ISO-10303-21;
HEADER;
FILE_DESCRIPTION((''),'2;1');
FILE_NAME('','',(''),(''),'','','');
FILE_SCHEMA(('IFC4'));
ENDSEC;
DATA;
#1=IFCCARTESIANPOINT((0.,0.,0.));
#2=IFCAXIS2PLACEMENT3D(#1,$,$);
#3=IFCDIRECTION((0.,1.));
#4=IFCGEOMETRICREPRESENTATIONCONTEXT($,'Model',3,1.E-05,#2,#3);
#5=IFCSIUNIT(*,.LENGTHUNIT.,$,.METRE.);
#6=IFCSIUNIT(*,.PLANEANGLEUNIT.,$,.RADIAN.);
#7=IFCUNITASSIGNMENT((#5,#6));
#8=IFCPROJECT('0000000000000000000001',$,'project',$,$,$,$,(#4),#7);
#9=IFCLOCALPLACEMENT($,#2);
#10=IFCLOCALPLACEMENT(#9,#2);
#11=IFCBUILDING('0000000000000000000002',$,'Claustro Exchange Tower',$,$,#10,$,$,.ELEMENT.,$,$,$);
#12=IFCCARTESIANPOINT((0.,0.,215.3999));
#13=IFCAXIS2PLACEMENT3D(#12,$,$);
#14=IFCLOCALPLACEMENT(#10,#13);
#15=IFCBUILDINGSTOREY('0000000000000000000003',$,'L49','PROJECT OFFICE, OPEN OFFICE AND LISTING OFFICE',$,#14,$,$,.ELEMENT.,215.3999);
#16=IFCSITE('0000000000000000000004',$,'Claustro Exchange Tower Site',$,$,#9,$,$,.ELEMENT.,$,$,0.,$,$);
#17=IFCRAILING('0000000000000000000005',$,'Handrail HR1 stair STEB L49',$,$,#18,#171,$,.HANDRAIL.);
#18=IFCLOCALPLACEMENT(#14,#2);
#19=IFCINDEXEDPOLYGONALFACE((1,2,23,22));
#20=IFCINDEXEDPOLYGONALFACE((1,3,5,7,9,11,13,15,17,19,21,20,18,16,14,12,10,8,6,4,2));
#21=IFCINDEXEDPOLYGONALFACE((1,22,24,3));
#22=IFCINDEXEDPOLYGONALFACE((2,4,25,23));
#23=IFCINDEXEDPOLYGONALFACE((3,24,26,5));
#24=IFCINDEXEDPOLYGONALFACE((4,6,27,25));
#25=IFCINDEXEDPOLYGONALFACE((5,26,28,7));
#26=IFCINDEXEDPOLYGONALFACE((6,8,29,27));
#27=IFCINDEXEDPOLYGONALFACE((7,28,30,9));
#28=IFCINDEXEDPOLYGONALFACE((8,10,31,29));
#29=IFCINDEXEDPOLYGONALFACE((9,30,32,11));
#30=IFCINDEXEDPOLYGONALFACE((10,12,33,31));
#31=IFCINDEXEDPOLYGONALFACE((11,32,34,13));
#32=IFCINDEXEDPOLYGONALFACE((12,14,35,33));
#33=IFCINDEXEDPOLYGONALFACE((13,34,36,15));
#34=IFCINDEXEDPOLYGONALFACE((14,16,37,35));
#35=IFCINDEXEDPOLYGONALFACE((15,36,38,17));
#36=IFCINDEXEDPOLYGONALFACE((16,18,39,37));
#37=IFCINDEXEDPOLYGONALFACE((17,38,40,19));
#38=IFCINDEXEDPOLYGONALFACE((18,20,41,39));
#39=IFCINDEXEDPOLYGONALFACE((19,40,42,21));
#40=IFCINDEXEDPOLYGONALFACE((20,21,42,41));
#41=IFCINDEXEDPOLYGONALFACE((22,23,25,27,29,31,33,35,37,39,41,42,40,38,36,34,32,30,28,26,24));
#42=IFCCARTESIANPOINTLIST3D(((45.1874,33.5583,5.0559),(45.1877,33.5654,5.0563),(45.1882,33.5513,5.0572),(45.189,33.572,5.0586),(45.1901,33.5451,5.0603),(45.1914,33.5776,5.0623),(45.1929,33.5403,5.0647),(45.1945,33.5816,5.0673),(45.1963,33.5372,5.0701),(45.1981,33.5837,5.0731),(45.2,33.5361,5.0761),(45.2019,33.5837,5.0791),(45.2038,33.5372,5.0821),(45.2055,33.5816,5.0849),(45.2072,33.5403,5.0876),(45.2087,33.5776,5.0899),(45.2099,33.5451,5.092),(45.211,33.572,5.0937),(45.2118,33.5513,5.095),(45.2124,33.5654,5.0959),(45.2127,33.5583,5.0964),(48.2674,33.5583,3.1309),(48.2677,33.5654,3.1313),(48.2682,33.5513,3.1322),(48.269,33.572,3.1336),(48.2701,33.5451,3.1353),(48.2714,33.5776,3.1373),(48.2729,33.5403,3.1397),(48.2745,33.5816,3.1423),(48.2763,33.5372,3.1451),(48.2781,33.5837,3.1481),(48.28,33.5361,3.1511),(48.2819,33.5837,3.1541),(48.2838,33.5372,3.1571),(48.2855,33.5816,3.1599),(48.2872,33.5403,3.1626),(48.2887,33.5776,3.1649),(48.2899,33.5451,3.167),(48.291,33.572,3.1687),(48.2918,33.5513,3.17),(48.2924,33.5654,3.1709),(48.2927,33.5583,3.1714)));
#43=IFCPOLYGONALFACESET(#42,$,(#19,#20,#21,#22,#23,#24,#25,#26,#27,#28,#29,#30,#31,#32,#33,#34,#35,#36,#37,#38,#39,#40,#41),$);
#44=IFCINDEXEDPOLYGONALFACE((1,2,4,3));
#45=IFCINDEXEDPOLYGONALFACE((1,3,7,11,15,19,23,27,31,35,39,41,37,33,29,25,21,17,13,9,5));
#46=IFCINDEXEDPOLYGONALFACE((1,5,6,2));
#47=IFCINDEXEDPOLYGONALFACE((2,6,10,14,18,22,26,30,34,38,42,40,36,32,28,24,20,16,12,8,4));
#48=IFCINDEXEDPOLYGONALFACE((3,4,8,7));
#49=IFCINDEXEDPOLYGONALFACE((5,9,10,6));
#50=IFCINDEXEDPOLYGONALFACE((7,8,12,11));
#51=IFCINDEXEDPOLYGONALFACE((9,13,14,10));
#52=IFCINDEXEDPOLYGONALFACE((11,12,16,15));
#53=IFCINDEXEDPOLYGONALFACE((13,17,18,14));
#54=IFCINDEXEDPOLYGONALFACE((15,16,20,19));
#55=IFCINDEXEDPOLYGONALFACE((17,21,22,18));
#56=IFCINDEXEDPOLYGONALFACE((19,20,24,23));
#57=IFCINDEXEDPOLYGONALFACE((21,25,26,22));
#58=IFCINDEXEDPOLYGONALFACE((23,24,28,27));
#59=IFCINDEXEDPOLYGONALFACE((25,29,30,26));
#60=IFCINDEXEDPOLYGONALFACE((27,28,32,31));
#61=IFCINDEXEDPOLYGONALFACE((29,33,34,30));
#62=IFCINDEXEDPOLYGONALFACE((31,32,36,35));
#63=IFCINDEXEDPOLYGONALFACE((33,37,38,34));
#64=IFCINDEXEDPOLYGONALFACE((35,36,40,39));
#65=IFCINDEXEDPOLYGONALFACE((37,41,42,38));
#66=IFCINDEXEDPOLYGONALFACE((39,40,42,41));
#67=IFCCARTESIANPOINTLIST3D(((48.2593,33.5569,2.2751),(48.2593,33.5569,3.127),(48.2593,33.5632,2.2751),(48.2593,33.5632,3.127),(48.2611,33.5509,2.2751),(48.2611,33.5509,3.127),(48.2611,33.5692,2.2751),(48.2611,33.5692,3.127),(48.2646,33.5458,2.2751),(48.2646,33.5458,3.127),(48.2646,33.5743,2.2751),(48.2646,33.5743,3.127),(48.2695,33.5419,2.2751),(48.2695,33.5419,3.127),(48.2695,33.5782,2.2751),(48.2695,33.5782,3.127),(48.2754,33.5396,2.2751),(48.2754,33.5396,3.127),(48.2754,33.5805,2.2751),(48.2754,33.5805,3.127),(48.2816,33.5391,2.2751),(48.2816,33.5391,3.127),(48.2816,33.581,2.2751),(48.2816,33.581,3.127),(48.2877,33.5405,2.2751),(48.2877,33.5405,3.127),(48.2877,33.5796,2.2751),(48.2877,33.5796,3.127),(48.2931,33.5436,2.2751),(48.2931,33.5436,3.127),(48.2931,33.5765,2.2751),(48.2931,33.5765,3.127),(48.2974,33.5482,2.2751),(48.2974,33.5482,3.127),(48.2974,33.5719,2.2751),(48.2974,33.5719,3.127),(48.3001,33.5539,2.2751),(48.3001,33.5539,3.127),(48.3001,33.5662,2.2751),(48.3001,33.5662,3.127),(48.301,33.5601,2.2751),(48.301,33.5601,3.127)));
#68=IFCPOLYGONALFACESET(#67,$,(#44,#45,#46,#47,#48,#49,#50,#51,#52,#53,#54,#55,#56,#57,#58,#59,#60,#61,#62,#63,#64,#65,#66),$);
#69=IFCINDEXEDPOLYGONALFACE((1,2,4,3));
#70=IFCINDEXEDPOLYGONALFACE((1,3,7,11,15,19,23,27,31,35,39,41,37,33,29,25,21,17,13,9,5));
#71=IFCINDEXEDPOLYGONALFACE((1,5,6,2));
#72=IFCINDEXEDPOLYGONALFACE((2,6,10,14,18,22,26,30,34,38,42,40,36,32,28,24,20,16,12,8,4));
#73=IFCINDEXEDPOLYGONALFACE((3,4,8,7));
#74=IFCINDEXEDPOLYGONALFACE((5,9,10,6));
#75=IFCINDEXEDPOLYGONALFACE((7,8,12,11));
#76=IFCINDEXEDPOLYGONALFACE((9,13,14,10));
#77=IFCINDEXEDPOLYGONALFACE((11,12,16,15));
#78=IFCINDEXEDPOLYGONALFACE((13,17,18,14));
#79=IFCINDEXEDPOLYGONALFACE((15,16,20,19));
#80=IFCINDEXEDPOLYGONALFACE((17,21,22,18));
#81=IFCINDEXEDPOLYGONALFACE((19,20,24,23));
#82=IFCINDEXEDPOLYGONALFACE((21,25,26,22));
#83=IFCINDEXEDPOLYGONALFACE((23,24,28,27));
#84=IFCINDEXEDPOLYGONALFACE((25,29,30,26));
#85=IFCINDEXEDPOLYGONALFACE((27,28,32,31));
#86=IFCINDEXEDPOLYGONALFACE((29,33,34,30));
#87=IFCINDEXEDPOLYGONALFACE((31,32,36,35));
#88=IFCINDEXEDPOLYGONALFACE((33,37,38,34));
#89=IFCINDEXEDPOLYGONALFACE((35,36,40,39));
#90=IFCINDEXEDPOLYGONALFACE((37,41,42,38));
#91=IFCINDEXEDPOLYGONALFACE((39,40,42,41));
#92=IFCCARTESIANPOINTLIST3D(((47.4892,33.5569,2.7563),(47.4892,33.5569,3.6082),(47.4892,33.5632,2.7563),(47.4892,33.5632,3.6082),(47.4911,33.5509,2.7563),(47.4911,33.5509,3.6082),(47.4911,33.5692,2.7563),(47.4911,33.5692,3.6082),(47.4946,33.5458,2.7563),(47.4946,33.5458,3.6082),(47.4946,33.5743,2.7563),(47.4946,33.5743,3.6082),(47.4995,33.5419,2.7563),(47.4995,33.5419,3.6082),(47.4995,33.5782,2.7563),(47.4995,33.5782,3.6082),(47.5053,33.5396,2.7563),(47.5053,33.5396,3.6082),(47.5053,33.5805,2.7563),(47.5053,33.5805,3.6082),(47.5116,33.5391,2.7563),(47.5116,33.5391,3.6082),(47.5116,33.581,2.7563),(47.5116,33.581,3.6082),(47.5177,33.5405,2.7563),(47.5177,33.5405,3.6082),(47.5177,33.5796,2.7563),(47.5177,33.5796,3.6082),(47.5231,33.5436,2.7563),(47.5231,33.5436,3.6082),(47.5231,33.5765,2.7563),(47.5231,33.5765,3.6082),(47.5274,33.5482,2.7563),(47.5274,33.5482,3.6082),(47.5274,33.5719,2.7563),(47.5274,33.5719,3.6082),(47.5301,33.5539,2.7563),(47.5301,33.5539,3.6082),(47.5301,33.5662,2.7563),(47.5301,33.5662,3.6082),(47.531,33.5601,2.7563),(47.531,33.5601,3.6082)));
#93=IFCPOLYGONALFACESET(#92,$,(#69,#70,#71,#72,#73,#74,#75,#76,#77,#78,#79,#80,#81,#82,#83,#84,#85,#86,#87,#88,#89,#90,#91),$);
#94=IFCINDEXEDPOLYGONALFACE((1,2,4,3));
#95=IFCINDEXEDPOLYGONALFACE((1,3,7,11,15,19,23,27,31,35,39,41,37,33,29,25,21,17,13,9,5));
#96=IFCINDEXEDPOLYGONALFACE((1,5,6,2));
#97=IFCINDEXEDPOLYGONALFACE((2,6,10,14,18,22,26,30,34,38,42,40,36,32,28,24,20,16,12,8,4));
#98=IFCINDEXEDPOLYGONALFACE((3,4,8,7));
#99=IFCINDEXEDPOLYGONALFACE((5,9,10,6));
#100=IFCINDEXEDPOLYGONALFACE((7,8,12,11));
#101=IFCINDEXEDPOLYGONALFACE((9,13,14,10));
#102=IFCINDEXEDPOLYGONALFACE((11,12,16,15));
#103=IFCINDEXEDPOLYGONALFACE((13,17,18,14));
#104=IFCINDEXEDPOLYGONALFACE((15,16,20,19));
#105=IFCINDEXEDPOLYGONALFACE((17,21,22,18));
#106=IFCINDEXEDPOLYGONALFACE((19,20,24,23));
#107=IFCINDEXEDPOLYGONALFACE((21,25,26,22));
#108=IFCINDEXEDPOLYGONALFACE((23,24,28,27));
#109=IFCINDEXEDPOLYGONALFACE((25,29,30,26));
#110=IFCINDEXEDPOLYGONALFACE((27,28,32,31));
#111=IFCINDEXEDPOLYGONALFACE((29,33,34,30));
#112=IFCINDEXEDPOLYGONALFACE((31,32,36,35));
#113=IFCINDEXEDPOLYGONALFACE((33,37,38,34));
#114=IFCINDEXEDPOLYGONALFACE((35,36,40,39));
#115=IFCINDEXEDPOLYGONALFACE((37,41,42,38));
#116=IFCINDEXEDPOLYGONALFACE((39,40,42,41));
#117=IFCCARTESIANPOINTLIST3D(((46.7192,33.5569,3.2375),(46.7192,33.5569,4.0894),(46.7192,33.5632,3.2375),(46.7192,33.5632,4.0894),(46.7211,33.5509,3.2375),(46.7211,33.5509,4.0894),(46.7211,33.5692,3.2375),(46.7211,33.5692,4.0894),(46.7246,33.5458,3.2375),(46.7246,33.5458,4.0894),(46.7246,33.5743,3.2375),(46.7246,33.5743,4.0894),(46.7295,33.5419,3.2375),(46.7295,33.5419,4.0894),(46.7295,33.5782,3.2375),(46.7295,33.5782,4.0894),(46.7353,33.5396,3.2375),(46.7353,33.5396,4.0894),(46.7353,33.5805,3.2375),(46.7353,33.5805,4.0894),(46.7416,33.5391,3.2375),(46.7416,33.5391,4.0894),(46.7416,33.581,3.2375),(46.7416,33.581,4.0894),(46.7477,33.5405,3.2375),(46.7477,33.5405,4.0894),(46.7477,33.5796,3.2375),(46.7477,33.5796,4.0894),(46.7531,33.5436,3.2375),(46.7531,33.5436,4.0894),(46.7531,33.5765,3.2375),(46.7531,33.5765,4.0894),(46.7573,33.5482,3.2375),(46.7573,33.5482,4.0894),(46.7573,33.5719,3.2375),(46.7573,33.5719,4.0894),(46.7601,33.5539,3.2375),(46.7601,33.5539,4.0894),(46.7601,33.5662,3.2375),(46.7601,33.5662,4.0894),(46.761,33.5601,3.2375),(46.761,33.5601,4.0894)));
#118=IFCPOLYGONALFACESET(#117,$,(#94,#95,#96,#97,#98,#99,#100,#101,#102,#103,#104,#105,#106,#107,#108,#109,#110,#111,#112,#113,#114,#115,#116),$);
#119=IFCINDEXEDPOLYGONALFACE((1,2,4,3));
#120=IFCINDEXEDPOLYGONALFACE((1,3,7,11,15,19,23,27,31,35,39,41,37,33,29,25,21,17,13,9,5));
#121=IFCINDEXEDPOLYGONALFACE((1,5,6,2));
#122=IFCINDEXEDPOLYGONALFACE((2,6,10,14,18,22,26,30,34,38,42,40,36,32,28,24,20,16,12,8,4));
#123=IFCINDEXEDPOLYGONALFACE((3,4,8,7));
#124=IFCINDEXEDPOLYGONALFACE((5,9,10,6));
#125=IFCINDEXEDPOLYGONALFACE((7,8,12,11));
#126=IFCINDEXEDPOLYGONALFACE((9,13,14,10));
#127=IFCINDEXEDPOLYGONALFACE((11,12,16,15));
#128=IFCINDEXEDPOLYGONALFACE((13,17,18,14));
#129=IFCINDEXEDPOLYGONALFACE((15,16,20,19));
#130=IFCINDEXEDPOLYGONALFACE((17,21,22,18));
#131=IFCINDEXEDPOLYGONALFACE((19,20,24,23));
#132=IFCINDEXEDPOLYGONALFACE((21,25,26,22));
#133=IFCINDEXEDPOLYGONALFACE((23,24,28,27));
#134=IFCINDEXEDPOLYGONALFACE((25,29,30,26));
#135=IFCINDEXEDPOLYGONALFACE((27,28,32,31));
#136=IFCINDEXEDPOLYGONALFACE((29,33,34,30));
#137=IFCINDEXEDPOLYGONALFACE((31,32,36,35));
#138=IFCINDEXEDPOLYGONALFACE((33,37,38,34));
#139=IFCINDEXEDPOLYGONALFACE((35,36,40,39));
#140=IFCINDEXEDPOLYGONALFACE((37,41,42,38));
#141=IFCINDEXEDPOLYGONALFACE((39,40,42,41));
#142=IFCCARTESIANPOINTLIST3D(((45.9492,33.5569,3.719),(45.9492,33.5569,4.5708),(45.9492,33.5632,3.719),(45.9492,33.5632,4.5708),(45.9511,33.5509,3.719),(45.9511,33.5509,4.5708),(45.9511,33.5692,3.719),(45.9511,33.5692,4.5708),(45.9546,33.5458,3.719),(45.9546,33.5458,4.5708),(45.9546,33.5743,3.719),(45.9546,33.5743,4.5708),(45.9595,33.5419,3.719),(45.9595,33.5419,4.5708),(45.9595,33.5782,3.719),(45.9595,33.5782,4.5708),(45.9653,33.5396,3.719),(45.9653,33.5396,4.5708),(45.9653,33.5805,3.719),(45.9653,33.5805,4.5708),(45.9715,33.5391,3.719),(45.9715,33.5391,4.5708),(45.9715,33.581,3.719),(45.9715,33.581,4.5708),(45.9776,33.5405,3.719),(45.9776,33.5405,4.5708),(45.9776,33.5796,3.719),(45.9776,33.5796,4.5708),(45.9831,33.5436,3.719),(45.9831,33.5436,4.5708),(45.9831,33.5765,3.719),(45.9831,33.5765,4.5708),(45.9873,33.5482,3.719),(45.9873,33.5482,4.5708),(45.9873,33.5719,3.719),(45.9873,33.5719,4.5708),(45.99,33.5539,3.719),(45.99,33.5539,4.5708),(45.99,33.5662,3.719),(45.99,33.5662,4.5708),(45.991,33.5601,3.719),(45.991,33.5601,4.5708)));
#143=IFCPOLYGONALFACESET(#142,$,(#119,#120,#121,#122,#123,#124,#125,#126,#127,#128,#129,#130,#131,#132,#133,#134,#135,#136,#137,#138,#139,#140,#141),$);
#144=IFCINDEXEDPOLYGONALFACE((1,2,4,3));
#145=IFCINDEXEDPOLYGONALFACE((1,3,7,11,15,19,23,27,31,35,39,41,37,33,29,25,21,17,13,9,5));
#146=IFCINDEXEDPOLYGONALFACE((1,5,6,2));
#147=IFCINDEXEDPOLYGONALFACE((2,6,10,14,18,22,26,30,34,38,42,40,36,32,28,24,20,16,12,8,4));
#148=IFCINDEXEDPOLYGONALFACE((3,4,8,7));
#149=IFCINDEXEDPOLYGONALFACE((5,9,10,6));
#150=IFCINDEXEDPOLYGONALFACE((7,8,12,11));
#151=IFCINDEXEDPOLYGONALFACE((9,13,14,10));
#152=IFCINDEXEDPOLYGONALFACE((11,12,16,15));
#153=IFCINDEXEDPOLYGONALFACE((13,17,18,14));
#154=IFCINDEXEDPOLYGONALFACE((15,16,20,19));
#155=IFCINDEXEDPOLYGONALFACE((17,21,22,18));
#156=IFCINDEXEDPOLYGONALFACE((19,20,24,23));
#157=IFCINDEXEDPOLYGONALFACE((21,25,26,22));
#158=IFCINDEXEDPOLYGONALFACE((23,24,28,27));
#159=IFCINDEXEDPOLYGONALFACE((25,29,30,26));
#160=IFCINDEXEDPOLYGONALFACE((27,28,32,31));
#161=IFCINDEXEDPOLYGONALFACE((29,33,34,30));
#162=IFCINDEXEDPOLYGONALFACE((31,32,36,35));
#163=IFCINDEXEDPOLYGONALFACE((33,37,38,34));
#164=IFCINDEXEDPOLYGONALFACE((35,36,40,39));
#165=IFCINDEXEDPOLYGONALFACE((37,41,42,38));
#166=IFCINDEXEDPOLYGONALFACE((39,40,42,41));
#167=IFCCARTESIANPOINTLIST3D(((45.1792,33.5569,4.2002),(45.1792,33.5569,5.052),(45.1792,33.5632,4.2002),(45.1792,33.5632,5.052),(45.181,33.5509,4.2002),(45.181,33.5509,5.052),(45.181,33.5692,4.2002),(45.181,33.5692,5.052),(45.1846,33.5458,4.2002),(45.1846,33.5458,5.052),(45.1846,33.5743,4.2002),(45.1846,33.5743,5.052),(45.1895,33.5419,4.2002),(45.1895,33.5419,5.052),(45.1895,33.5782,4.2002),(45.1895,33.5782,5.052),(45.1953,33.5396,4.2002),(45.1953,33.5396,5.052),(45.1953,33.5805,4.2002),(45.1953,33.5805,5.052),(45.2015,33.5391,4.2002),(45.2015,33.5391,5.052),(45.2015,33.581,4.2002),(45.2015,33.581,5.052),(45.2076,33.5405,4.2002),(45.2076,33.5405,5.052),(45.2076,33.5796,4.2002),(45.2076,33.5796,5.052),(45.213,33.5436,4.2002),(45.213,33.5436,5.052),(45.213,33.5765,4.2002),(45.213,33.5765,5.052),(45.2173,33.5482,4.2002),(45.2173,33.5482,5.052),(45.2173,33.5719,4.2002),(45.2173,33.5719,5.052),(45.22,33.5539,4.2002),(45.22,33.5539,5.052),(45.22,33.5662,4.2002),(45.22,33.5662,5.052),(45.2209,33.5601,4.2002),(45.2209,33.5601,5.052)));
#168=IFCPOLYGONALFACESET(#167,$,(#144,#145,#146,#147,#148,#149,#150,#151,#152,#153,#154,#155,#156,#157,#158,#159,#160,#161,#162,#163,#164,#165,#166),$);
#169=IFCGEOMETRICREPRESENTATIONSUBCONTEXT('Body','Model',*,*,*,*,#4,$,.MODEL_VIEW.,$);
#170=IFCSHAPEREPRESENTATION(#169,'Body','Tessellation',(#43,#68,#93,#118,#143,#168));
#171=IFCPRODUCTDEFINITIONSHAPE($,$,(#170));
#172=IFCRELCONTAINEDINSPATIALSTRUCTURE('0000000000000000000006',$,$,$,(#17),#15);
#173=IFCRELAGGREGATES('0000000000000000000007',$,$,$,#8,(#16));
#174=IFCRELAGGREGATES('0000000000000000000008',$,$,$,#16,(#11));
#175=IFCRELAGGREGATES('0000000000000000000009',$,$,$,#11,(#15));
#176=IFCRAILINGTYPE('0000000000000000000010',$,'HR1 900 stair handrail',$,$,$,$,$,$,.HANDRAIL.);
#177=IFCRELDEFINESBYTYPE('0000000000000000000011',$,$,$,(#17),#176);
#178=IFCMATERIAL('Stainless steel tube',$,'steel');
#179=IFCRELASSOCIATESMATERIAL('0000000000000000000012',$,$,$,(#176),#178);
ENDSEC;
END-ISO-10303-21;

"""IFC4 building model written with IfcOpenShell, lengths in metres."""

from ifc_helpers import new_model, si_unit, direction, frame, origin, origin_2d, place, context, subcontext, project, spatial, circle, extrude, material, type_object, element, save


model = new_model("IFC4")

# Units and contexts
model_context = context("Model", 3, precision=1e-05, world=origin(), true_north=direction((0.0, 1.0)))
body_context = subcontext(model_context, "Body", "Model", "MODEL_VIEW")
ifc_project = project(units=[si_unit("LENGTHUNIT", "METRE"), si_unit("PLANEANGLEUNIT", "RADIAN")], contexts=[model_context])

# Site, building, storey
site_placement = place(None, origin())
site = spatial("IfcSite", under=ifc_project, at=site_placement, Name="Claustro Exchange Tower Site", CompositionType="ELEMENT", RefElevation=0.0)
building_placement = place(site_placement, origin())
building = spatial("IfcBuilding", under=site, at=building_placement, Name="Claustro Exchange Tower", CompositionType="ELEMENT")
storey_placement = place(building_placement, frame((0.0, 0.0, 215.3999)))
storey = spatial("IfcBuildingStorey", under=building, at=storey_placement, Name="L49", Description="PROJECT OFFICE, OPEN OFFICE AND LISTING OFFICE", CompositionType="ELEMENT", Elevation=215.3999)

# Railing
ifc_material_1 = material(Name="Stainless steel tube", Category="steel")
railing_type_1 = type_object("IfcRailingType", Name="HR1 900 stair handrail", PredefinedType="HANDRAIL", material=ifc_material_1)
railing_1_placement = place(storey_placement, frame((48.28, 33.5601, 2.2751)))
element("IfcRailing", 1, at=railing_1_placement, inside=storey, type_object=railing_type_1, Name="Handrail HR1 stair STEB L49", PredefinedType="HANDRAIL", context=body_context, shape_type="SweptSolid", body=[
    extrude(circle(Radius=0.0239, at=origin_2d()), frame((0.0, 0.0, 0.876), z_axis=(-0.847998, 0.0, 0.529999), x_axis=(0.0, -1.0, 0.0)), (0.0, 0.0, 1.0), 3.6321),
    extrude(circle(Radius=0.021, at=origin_2d()), origin(), (0.0, 0.0, 1.0), 0.8518),
    extrude(circle(Radius=0.021, at=origin_2d()), frame((-0.77, 0.0, 0.4812)), (0.0, 0.0, 1.0), 0.8518),
    extrude(circle(Radius=0.021, at=origin_2d()), frame((-1.54, 0.0, 0.9624)), (0.0, 0.0, 1.0), 0.8518),
    extrude(circle(Radius=0.021, at=origin_2d()), frame((-2.3101, 0.0, 1.4438)), (0.0, 0.0, 1.0), 0.8518),
    extrude(circle(Radius=0.021, at=origin_2d()), frame((-3.0801, 0.0, 1.925)), (0.0, 0.0, 1.0), 0.8518),
])

save(model, "model.ifc")
